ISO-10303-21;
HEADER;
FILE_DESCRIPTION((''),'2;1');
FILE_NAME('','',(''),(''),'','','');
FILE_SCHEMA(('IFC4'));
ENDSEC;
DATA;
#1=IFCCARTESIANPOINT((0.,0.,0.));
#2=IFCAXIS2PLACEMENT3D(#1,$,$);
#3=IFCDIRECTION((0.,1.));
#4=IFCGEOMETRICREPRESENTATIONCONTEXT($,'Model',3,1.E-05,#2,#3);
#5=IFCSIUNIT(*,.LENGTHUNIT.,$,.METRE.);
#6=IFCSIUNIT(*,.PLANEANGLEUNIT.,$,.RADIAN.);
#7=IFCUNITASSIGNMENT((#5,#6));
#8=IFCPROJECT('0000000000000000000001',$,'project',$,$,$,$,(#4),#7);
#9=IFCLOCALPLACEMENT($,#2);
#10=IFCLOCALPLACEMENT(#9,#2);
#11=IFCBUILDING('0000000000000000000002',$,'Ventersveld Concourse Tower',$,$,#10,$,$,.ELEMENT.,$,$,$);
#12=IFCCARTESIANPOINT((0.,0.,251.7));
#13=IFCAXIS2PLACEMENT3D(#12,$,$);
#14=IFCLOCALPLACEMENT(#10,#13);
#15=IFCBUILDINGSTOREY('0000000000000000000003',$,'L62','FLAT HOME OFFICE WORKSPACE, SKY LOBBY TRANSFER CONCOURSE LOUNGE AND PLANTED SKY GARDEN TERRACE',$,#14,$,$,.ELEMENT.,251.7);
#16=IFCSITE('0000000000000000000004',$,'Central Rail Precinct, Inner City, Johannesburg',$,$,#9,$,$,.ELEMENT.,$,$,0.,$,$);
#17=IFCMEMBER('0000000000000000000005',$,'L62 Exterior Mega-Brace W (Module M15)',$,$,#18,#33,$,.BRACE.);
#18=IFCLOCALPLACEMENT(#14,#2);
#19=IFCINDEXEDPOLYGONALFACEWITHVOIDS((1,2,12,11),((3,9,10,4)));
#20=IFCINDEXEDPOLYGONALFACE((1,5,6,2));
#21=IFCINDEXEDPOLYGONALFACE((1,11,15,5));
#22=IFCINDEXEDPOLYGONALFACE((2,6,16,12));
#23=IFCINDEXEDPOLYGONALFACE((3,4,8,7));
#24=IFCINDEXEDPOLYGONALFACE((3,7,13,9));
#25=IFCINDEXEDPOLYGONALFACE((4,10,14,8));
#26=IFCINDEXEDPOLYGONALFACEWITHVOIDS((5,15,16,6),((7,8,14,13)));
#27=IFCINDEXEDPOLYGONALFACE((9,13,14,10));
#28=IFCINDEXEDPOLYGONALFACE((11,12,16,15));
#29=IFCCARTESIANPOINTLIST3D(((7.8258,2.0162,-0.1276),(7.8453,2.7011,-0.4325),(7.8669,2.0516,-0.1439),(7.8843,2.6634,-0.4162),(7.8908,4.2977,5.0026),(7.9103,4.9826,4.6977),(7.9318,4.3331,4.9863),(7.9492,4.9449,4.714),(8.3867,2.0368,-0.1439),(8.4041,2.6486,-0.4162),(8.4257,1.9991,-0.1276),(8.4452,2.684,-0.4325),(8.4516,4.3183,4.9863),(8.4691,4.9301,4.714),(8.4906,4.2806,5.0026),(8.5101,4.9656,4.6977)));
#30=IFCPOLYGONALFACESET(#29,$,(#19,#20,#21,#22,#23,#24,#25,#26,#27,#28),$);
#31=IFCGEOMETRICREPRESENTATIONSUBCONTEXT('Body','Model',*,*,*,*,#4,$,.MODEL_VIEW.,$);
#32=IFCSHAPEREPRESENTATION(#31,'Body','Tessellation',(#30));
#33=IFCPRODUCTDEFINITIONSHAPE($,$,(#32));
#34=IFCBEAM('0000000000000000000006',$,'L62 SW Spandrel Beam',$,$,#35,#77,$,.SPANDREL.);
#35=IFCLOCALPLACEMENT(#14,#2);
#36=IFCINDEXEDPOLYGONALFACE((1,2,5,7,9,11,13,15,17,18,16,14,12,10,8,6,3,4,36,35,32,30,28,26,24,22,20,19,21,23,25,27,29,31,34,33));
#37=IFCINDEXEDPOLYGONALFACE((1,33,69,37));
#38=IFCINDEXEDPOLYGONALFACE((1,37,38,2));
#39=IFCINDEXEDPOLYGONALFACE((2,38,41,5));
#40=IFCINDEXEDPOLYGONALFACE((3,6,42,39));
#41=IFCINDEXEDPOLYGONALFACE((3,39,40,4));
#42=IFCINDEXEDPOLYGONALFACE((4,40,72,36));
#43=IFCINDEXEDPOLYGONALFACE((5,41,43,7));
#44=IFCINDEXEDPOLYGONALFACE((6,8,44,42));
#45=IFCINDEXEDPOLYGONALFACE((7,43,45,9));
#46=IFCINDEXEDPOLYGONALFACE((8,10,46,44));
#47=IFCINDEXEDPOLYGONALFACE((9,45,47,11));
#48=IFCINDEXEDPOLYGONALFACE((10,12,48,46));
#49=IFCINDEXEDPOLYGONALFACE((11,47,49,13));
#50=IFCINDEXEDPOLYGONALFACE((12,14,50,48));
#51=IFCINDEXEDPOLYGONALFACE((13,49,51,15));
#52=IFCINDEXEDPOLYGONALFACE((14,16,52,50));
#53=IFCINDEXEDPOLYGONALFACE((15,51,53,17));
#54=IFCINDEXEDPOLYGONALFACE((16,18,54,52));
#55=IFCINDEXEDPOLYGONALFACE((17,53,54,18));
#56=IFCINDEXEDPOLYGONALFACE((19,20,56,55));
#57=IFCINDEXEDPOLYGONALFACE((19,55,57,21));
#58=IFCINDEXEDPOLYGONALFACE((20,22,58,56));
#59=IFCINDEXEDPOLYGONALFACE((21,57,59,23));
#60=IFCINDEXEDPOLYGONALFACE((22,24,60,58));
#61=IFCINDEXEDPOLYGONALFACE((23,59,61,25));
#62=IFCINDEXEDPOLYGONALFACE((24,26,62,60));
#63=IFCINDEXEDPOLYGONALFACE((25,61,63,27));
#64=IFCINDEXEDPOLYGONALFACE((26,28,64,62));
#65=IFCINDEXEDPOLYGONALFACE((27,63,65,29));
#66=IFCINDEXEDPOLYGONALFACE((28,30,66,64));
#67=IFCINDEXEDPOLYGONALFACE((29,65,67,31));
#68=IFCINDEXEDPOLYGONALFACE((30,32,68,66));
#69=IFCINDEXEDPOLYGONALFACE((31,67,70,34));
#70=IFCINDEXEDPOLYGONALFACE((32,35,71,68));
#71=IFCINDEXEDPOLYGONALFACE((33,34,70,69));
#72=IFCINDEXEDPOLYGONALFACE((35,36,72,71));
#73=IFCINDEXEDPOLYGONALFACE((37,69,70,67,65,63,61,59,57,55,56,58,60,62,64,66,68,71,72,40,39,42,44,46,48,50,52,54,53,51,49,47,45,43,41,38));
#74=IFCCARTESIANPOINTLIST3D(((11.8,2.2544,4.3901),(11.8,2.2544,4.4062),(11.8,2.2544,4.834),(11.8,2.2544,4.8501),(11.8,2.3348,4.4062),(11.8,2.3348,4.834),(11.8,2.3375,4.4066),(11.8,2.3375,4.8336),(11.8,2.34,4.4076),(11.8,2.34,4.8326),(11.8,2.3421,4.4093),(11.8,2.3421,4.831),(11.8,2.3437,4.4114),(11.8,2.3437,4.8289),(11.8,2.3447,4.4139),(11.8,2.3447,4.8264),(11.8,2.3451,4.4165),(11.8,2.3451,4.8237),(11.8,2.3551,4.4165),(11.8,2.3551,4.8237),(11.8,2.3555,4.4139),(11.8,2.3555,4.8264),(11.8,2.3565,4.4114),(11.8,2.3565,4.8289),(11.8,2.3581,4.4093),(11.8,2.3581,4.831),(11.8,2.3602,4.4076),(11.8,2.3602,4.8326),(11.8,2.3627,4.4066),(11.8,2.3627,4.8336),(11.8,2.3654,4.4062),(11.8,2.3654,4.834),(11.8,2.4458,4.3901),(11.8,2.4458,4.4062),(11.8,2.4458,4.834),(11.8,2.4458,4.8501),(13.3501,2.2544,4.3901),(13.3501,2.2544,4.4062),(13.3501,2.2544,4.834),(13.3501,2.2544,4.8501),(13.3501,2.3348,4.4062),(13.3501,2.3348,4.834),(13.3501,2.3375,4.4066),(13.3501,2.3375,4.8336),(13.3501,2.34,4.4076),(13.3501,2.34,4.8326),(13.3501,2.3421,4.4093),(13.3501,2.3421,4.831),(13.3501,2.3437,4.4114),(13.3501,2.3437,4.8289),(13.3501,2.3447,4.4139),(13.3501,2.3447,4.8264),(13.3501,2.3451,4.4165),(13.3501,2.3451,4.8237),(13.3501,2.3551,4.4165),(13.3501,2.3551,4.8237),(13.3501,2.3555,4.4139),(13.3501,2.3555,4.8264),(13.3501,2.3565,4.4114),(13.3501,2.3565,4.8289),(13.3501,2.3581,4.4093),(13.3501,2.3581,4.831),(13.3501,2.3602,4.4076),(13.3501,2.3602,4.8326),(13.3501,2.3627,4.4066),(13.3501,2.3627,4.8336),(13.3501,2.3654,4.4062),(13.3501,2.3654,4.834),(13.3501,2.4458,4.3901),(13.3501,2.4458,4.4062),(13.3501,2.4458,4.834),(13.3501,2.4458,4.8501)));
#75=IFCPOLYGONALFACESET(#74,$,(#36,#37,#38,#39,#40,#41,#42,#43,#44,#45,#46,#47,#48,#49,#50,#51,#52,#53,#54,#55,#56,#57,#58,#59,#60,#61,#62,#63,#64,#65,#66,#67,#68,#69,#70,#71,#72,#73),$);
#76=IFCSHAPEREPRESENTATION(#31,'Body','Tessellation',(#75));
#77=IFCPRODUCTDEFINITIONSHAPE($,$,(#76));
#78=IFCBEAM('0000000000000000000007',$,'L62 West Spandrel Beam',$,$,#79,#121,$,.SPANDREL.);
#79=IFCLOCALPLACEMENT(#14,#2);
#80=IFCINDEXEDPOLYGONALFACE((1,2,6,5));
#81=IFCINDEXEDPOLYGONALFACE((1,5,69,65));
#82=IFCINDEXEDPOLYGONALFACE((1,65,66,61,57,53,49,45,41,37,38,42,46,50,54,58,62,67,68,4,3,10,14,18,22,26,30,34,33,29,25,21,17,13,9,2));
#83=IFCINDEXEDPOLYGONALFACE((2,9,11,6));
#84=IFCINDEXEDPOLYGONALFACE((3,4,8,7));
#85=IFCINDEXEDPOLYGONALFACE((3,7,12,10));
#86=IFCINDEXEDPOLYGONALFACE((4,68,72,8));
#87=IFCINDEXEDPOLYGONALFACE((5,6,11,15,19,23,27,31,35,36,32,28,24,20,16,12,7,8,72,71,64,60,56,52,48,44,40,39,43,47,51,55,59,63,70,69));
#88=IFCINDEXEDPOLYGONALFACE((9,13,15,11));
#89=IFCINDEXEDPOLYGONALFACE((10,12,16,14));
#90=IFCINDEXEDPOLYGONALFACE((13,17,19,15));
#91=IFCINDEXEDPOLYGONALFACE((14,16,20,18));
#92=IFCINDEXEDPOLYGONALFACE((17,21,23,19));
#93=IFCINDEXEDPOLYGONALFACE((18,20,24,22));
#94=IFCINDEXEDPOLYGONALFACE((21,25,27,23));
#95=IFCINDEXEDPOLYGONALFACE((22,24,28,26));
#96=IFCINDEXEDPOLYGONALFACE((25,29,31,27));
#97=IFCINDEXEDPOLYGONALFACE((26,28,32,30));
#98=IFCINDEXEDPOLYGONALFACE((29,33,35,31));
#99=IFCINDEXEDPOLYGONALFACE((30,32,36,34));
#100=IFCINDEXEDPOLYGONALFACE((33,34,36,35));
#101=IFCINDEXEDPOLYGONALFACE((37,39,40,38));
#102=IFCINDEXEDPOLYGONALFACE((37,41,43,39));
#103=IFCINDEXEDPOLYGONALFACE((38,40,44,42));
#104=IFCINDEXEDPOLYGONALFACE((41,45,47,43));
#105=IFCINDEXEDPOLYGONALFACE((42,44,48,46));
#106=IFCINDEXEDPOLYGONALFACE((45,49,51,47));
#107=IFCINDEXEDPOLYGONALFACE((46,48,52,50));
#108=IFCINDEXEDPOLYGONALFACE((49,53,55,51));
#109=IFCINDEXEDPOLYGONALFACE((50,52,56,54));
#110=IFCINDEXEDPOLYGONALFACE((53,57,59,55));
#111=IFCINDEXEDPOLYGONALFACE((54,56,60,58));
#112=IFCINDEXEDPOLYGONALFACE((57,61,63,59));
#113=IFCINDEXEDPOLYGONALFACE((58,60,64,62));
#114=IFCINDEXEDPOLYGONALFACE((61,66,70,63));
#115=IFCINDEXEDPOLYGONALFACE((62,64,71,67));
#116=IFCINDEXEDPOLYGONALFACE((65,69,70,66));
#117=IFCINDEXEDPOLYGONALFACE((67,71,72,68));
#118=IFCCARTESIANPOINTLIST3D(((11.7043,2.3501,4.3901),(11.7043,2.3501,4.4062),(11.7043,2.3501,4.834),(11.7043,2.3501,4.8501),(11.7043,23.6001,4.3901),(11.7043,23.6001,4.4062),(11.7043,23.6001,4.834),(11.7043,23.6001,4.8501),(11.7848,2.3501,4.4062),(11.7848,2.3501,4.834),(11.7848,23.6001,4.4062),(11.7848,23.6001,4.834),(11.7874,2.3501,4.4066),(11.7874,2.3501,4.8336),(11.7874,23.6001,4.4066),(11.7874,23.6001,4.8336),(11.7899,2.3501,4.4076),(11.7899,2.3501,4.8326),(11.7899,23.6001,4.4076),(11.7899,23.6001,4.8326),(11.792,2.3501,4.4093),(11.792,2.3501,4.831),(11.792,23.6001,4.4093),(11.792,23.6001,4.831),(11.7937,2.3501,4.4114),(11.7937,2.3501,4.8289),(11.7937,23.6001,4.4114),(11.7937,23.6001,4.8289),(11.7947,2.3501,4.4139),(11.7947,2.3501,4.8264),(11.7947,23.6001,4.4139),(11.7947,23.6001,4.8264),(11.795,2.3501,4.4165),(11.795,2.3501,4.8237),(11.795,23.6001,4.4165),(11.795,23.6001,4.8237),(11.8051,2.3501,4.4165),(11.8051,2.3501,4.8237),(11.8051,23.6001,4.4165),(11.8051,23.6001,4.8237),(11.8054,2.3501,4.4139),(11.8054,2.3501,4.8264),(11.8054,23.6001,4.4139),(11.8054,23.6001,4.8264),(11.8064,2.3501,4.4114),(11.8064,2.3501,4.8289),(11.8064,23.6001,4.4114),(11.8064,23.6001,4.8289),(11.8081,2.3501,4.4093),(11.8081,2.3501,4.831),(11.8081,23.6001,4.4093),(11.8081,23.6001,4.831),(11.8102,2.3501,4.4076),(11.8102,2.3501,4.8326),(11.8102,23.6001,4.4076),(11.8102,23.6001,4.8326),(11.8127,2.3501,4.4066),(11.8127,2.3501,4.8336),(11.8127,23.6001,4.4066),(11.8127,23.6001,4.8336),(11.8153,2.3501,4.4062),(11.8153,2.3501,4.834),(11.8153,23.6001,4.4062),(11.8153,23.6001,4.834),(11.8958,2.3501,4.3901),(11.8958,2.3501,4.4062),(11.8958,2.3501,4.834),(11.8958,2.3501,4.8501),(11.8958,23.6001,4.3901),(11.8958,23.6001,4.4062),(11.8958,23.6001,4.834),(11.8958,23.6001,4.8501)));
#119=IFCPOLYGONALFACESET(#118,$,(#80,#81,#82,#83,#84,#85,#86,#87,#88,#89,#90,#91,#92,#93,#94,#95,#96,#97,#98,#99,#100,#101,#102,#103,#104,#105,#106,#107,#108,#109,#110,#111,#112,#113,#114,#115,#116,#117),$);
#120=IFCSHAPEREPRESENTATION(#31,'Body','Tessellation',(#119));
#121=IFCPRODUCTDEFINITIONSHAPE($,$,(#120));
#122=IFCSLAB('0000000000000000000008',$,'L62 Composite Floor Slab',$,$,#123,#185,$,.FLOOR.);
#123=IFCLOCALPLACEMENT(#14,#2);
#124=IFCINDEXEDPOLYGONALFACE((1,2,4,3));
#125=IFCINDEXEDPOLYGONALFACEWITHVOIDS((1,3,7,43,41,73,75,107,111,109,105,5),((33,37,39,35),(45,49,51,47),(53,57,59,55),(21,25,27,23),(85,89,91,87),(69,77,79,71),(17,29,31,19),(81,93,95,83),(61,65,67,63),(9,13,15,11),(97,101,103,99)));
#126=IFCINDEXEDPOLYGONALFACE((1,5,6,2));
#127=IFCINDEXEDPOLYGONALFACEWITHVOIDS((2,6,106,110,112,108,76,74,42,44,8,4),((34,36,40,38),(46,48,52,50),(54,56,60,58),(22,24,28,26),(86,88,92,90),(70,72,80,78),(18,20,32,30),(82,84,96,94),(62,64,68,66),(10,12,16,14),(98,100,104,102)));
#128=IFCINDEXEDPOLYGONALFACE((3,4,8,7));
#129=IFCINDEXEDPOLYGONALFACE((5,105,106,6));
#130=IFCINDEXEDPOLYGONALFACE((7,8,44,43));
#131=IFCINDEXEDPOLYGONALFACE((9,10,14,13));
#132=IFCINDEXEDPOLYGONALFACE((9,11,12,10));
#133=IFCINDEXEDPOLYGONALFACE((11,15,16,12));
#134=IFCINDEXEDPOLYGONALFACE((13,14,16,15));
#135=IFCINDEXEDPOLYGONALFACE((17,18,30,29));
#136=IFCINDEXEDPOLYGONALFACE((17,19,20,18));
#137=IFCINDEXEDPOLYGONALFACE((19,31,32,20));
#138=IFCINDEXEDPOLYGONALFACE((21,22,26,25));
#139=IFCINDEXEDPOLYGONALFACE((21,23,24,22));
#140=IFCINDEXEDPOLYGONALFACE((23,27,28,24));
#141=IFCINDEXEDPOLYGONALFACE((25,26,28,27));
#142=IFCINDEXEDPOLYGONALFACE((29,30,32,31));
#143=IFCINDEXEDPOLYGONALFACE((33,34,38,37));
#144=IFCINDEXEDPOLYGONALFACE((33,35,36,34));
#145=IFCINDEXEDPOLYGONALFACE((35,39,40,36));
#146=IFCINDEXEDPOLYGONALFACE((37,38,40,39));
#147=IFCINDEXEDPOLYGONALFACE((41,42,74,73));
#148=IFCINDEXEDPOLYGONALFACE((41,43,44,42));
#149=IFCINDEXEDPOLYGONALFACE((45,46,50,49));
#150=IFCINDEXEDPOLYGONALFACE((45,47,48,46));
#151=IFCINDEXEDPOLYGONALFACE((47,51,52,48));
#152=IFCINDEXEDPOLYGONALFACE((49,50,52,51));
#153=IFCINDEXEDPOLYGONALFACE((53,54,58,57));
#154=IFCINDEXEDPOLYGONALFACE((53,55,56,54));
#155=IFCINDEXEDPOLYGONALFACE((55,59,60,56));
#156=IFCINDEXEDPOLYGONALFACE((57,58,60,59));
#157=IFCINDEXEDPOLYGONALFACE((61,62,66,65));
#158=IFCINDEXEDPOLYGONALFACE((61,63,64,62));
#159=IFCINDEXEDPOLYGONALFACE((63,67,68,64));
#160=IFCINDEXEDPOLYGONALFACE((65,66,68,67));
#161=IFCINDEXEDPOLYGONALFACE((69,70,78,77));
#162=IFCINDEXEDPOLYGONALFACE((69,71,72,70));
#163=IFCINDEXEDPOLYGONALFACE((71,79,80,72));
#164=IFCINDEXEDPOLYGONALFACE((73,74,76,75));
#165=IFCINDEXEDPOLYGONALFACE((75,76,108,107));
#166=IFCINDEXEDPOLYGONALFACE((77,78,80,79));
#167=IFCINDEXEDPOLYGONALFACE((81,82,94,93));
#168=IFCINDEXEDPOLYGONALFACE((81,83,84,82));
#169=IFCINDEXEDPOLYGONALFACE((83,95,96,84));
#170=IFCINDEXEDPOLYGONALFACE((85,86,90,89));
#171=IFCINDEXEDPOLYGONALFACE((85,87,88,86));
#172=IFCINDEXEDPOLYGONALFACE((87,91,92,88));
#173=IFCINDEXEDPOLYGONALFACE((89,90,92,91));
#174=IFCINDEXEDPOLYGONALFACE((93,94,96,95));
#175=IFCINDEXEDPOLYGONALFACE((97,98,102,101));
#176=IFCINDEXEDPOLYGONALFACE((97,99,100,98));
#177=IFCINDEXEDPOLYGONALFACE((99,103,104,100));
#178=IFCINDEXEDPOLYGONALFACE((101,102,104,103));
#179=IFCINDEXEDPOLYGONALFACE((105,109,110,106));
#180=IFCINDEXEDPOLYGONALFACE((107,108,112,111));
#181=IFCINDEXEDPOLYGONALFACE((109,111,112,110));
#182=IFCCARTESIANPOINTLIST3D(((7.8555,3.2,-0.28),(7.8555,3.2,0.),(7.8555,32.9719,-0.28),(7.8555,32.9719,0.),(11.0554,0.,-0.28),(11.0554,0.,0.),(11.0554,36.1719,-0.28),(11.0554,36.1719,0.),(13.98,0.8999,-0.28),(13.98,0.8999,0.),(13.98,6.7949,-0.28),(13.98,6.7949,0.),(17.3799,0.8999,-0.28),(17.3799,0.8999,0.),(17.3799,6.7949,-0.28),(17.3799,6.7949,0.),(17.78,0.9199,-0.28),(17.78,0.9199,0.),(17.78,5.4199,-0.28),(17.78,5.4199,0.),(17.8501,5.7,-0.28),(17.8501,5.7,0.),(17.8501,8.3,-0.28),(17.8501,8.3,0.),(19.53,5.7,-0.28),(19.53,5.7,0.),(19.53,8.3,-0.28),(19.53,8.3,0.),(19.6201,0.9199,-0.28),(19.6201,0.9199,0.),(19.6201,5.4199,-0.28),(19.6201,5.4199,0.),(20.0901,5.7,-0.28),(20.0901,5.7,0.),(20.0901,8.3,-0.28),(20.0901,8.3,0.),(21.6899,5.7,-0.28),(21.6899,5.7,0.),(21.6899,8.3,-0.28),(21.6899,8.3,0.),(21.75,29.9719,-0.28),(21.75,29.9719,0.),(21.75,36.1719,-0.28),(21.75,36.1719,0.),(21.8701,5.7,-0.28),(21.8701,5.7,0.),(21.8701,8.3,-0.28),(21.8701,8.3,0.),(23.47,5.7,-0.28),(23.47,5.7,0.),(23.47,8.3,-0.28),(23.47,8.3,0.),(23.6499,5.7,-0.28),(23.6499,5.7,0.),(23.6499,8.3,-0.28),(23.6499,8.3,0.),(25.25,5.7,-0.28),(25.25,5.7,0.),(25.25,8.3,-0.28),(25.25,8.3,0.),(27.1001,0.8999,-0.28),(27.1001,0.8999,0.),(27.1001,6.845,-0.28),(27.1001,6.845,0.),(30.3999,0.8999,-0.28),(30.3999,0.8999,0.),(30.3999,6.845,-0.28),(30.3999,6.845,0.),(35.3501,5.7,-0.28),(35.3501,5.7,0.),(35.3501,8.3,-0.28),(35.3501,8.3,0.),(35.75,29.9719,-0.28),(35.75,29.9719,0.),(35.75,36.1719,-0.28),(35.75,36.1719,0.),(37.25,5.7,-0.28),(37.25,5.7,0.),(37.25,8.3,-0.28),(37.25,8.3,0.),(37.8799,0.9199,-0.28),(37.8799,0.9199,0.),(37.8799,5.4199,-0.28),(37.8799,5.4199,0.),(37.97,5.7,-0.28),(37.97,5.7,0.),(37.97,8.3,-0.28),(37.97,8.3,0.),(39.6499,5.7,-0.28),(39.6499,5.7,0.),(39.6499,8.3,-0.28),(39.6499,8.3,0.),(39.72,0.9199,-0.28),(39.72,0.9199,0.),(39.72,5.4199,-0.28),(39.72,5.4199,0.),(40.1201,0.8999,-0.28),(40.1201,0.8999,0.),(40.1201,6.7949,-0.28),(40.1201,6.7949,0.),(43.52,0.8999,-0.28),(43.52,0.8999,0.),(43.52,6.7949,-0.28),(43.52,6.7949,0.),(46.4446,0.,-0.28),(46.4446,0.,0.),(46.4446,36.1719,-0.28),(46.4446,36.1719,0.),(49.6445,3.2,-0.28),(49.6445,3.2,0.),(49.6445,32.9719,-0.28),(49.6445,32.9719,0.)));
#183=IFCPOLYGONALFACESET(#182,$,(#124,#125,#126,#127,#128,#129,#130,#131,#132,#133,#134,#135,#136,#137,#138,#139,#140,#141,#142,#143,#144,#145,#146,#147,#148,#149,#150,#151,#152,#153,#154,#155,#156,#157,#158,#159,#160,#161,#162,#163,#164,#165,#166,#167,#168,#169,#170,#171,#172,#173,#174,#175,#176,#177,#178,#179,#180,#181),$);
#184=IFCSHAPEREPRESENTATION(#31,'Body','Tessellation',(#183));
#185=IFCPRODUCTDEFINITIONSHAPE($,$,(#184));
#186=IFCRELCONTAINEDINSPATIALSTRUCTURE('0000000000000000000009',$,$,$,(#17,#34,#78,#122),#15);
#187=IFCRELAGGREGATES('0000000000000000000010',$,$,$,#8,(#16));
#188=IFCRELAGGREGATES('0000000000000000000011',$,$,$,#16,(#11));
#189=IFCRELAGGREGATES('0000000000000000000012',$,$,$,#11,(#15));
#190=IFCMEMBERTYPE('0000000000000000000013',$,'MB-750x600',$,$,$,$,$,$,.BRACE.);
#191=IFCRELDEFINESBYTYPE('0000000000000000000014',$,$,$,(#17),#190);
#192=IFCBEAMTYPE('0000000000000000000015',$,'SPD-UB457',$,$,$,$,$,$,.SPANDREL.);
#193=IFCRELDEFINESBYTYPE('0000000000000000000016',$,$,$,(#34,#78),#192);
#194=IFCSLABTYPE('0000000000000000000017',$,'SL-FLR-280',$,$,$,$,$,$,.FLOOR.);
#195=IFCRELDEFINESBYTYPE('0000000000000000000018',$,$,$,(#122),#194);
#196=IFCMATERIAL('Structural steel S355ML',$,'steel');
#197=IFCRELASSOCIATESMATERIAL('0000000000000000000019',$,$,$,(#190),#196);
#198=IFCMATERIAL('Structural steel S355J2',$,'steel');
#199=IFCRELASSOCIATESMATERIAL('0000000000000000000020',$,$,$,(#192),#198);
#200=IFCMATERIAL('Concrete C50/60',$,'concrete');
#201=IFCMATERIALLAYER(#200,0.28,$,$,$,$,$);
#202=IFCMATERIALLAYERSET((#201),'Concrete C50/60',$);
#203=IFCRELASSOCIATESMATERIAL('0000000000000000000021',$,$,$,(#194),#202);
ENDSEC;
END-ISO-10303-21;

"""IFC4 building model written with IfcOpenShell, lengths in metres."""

from ifc_helpers import new_model, si_unit, direction, frame, origin, origin_2d, place, context, subcontext, project, spatial, polyline, hollow_rectangle, i_section, outline, extrude, material, layer, layer_set, material_profile, profile_set, type_object, element, save


model = new_model("IFC4")

# Units and contexts
model_context = context("Model", 3, precision=1e-05, world=origin(), true_north=direction((0.0, 1.0)))
body_context = subcontext(model_context, "Body", "Model", "MODEL_VIEW")
ifc_project = project(units=[si_unit("LENGTHUNIT", "METRE"), si_unit("PLANEANGLEUNIT", "RADIAN")], contexts=[model_context])

# Site, building, storey
site_placement = place(None, origin())
site = spatial("IfcSite", under=ifc_project, at=site_placement, Name="Central Rail Precinct, Inner City, Johannesburg", CompositionType="ELEMENT", RefElevation=0.0)
building_placement = place(site_placement, origin())
building = spatial("IfcBuilding", under=site, at=building_placement, Name="Ventersveld Concourse Tower", CompositionType="ELEMENT")
storey_placement = place(building_placement, frame((0.0, 0.0, 251.7)))
storey = spatial("IfcBuildingStorey", under=building, at=storey_placement, Name="L62", Description="FLAT HOME OFFICE WORKSPACE, SKY LOBBY TRANSFER CONCOURSE LOUNGE AND PLANTED SKY GARDEN TERRACE", CompositionType="ELEMENT", Elevation=251.7)

# Shared definitions
ifc_material_1 = material(Name="Concrete C50/60", Category="concrete")

# Shared definitions
ifc_material_2 = material(Name="Structural steel S355J2", Category="steel")

# Member
ifc_material_3 = material(Name="Structural steel S355ML", Category="steel")
ifc_material_profile_1 = material_profile(ifc_material_3, hollow_rectangle(XDim=0.6001, YDim=0.75, WallThickness=0.04, at=origin_2d()), Name="BOX 750x600x40")
ifc_profile_set_1 = profile_set([ifc_material_profile_1], Name="Structural steel S355ML")
member_type = type_object("IfcMemberType", Name="MB-750x600", PredefinedType="BRACE", material=ifc_profile_set_1)
member_placement = place(storey_placement, frame((8.1355, 2.3501, -0.28), z_axis=(0.011566, 0.406325, 0.913655), x_axis=(-0.999595, 0.028453, 0.0)))
element("IfcMember", 1, at=member_placement, inside=storey, type_object=member_type, Name="L62 Exterior Mega-Brace W (Module M15)", PredefinedType="BRACE", context=body_context, shape_type="SweptSolid", body=[
    extrude(hollow_rectangle(XDim=0.6001, YDim=0.75, WallThickness=0.04, at=origin_2d()), origin(), (0.0, 0.0, 1.0), 5.615),
])

# Beams
ifc_material_profile_2 = material_profile(ifc_material_2, i_section(OverallWidth=0.1914, OverallDepth=0.46, WebThickness=0.01, FlangeThickness=0.0161, FilletRadius=0.0103, at=origin_2d()), Name="UB 457x191x82")
ifc_profile_set_2 = profile_set([ifc_material_profile_2], Name="Structural steel S355J2")
beam_type_1 = type_object("IfcBeamType", Name="SPD-UB457", PredefinedType="SPANDREL", material=ifc_profile_set_2)
beam_1_placement = place(storey_placement, frame((11.8, 2.3501, 4.6201), z_axis=(1.0, 0.0, 0.0), x_axis=(0.0, 1.0, 0.0)))
element("IfcBeam", 2, at=beam_1_placement, inside=storey, type_object=beam_type_1, Name="L62 SW Spandrel Beam", PredefinedType="SPANDREL", context=body_context, shape_type="SweptSolid", body=[
    extrude(i_section(OverallWidth=0.1914, OverallDepth=0.46, WebThickness=0.01, FlangeThickness=0.0161, FilletRadius=0.0103, at=origin_2d()), origin(), (0.0, 0.0, 1.0), 1.55),
])
beam_2_placement = place(storey_placement, frame((11.8, 2.3501, 4.6201), z_axis=(0.0, 1.0, 0.0), x_axis=(-1.0, 0.0, 0.0)))
element("IfcBeam", 3, at=beam_2_placement, inside=storey, type_object=beam_type_1, Name="L62 West Spandrel Beam", PredefinedType="SPANDREL", context=body_context, shape_type="SweptSolid", body=[
    extrude(i_section(OverallWidth=0.1914, OverallDepth=0.46, WebThickness=0.01, FlangeThickness=0.0161, FilletRadius=0.0103, at=origin_2d()), origin(), (0.0, 0.0, 1.0), 21.25),
])

# Slab
ifc_layer_1 = layer(ifc_material_1, 0.28)
ifc_layer_set_1 = layer_set([ifc_layer_1], Name="Concrete C50/60")
slab_type_1 = type_object("IfcSlabType", Name="SL-FLR-280", PredefinedType="FLOOR", material=ifc_layer_set_1)
slab_1_placement = place(storey_placement, frame((0.0, 0.0, -0.28)))
element("IfcSlab", 4, at=slab_1_placement, inside=storey, type_object=slab_type_1, Name="L62 Composite Floor Slab", PredefinedType="FLOOR", context=body_context, shape_type="SweptSolid", body=[
    extrude(outline(polyline([(11.0554, 0.0), (46.4446, 0.0), (49.6445, 3.2), (49.6445, 32.9719), (46.4446, 36.1719), (35.75, 36.1719), (35.75, 29.9719), (21.75, 29.9719), (21.75, 36.1719), (11.0554, 36.1719), (7.8555, 32.9719), (7.8555, 3.2), (11.0554, 0.0)]), holes=[polyline([(13.98, 6.7949), (13.98, 0.8999), (17.3799, 0.8999), (17.3799, 6.7949), (13.98, 6.7949)]), polyline([(40.1201, 6.7949), (40.1201, 0.8999), (43.52, 0.8999), (43.52, 6.7949), (40.1201, 6.7949)]), polyline([(27.1001, 6.845), (27.1001, 0.8999), (30.3999, 0.8999), (30.3999, 6.845), (27.1001, 6.845)]), polyline([(17.8501, 5.7), (19.53, 5.7), (19.53, 8.3), (17.8501, 8.3), (17.8501, 5.7)]), polyline([(37.97, 5.7), (39.6499, 5.7), (39.6499, 8.3), (37.97, 8.3), (37.97, 5.7)]), polyline([(35.3501, 5.7), (37.25, 5.7), (37.25, 8.3), (35.3501, 8.3), (35.3501, 5.7)]), polyline([(20.0901, 5.7), (21.6899, 5.7), (21.6899, 8.3), (20.0901, 8.3), (20.0901, 5.7)]), polyline([(21.8701, 5.7), (23.47, 5.7), (23.47, 8.3), (21.8701, 8.3), (21.8701, 5.7)]), polyline([(23.6499, 5.7), (25.25, 5.7), (25.25, 8.3), (23.6499, 8.3), (23.6499, 5.7)]), polyline([(17.78, 0.9199), (19.6201, 0.9199), (19.6201, 5.4199), (17.78, 5.4199), (17.78, 0.9199)]), polyline([(37.8799, 0.9199), (39.72, 0.9199), (39.72, 5.4199), (37.8799, 5.4199), (37.8799, 0.9199)])]), origin(), (0.0, 0.0, 1.0), 0.28),
])

save(model, "model.ifc")
